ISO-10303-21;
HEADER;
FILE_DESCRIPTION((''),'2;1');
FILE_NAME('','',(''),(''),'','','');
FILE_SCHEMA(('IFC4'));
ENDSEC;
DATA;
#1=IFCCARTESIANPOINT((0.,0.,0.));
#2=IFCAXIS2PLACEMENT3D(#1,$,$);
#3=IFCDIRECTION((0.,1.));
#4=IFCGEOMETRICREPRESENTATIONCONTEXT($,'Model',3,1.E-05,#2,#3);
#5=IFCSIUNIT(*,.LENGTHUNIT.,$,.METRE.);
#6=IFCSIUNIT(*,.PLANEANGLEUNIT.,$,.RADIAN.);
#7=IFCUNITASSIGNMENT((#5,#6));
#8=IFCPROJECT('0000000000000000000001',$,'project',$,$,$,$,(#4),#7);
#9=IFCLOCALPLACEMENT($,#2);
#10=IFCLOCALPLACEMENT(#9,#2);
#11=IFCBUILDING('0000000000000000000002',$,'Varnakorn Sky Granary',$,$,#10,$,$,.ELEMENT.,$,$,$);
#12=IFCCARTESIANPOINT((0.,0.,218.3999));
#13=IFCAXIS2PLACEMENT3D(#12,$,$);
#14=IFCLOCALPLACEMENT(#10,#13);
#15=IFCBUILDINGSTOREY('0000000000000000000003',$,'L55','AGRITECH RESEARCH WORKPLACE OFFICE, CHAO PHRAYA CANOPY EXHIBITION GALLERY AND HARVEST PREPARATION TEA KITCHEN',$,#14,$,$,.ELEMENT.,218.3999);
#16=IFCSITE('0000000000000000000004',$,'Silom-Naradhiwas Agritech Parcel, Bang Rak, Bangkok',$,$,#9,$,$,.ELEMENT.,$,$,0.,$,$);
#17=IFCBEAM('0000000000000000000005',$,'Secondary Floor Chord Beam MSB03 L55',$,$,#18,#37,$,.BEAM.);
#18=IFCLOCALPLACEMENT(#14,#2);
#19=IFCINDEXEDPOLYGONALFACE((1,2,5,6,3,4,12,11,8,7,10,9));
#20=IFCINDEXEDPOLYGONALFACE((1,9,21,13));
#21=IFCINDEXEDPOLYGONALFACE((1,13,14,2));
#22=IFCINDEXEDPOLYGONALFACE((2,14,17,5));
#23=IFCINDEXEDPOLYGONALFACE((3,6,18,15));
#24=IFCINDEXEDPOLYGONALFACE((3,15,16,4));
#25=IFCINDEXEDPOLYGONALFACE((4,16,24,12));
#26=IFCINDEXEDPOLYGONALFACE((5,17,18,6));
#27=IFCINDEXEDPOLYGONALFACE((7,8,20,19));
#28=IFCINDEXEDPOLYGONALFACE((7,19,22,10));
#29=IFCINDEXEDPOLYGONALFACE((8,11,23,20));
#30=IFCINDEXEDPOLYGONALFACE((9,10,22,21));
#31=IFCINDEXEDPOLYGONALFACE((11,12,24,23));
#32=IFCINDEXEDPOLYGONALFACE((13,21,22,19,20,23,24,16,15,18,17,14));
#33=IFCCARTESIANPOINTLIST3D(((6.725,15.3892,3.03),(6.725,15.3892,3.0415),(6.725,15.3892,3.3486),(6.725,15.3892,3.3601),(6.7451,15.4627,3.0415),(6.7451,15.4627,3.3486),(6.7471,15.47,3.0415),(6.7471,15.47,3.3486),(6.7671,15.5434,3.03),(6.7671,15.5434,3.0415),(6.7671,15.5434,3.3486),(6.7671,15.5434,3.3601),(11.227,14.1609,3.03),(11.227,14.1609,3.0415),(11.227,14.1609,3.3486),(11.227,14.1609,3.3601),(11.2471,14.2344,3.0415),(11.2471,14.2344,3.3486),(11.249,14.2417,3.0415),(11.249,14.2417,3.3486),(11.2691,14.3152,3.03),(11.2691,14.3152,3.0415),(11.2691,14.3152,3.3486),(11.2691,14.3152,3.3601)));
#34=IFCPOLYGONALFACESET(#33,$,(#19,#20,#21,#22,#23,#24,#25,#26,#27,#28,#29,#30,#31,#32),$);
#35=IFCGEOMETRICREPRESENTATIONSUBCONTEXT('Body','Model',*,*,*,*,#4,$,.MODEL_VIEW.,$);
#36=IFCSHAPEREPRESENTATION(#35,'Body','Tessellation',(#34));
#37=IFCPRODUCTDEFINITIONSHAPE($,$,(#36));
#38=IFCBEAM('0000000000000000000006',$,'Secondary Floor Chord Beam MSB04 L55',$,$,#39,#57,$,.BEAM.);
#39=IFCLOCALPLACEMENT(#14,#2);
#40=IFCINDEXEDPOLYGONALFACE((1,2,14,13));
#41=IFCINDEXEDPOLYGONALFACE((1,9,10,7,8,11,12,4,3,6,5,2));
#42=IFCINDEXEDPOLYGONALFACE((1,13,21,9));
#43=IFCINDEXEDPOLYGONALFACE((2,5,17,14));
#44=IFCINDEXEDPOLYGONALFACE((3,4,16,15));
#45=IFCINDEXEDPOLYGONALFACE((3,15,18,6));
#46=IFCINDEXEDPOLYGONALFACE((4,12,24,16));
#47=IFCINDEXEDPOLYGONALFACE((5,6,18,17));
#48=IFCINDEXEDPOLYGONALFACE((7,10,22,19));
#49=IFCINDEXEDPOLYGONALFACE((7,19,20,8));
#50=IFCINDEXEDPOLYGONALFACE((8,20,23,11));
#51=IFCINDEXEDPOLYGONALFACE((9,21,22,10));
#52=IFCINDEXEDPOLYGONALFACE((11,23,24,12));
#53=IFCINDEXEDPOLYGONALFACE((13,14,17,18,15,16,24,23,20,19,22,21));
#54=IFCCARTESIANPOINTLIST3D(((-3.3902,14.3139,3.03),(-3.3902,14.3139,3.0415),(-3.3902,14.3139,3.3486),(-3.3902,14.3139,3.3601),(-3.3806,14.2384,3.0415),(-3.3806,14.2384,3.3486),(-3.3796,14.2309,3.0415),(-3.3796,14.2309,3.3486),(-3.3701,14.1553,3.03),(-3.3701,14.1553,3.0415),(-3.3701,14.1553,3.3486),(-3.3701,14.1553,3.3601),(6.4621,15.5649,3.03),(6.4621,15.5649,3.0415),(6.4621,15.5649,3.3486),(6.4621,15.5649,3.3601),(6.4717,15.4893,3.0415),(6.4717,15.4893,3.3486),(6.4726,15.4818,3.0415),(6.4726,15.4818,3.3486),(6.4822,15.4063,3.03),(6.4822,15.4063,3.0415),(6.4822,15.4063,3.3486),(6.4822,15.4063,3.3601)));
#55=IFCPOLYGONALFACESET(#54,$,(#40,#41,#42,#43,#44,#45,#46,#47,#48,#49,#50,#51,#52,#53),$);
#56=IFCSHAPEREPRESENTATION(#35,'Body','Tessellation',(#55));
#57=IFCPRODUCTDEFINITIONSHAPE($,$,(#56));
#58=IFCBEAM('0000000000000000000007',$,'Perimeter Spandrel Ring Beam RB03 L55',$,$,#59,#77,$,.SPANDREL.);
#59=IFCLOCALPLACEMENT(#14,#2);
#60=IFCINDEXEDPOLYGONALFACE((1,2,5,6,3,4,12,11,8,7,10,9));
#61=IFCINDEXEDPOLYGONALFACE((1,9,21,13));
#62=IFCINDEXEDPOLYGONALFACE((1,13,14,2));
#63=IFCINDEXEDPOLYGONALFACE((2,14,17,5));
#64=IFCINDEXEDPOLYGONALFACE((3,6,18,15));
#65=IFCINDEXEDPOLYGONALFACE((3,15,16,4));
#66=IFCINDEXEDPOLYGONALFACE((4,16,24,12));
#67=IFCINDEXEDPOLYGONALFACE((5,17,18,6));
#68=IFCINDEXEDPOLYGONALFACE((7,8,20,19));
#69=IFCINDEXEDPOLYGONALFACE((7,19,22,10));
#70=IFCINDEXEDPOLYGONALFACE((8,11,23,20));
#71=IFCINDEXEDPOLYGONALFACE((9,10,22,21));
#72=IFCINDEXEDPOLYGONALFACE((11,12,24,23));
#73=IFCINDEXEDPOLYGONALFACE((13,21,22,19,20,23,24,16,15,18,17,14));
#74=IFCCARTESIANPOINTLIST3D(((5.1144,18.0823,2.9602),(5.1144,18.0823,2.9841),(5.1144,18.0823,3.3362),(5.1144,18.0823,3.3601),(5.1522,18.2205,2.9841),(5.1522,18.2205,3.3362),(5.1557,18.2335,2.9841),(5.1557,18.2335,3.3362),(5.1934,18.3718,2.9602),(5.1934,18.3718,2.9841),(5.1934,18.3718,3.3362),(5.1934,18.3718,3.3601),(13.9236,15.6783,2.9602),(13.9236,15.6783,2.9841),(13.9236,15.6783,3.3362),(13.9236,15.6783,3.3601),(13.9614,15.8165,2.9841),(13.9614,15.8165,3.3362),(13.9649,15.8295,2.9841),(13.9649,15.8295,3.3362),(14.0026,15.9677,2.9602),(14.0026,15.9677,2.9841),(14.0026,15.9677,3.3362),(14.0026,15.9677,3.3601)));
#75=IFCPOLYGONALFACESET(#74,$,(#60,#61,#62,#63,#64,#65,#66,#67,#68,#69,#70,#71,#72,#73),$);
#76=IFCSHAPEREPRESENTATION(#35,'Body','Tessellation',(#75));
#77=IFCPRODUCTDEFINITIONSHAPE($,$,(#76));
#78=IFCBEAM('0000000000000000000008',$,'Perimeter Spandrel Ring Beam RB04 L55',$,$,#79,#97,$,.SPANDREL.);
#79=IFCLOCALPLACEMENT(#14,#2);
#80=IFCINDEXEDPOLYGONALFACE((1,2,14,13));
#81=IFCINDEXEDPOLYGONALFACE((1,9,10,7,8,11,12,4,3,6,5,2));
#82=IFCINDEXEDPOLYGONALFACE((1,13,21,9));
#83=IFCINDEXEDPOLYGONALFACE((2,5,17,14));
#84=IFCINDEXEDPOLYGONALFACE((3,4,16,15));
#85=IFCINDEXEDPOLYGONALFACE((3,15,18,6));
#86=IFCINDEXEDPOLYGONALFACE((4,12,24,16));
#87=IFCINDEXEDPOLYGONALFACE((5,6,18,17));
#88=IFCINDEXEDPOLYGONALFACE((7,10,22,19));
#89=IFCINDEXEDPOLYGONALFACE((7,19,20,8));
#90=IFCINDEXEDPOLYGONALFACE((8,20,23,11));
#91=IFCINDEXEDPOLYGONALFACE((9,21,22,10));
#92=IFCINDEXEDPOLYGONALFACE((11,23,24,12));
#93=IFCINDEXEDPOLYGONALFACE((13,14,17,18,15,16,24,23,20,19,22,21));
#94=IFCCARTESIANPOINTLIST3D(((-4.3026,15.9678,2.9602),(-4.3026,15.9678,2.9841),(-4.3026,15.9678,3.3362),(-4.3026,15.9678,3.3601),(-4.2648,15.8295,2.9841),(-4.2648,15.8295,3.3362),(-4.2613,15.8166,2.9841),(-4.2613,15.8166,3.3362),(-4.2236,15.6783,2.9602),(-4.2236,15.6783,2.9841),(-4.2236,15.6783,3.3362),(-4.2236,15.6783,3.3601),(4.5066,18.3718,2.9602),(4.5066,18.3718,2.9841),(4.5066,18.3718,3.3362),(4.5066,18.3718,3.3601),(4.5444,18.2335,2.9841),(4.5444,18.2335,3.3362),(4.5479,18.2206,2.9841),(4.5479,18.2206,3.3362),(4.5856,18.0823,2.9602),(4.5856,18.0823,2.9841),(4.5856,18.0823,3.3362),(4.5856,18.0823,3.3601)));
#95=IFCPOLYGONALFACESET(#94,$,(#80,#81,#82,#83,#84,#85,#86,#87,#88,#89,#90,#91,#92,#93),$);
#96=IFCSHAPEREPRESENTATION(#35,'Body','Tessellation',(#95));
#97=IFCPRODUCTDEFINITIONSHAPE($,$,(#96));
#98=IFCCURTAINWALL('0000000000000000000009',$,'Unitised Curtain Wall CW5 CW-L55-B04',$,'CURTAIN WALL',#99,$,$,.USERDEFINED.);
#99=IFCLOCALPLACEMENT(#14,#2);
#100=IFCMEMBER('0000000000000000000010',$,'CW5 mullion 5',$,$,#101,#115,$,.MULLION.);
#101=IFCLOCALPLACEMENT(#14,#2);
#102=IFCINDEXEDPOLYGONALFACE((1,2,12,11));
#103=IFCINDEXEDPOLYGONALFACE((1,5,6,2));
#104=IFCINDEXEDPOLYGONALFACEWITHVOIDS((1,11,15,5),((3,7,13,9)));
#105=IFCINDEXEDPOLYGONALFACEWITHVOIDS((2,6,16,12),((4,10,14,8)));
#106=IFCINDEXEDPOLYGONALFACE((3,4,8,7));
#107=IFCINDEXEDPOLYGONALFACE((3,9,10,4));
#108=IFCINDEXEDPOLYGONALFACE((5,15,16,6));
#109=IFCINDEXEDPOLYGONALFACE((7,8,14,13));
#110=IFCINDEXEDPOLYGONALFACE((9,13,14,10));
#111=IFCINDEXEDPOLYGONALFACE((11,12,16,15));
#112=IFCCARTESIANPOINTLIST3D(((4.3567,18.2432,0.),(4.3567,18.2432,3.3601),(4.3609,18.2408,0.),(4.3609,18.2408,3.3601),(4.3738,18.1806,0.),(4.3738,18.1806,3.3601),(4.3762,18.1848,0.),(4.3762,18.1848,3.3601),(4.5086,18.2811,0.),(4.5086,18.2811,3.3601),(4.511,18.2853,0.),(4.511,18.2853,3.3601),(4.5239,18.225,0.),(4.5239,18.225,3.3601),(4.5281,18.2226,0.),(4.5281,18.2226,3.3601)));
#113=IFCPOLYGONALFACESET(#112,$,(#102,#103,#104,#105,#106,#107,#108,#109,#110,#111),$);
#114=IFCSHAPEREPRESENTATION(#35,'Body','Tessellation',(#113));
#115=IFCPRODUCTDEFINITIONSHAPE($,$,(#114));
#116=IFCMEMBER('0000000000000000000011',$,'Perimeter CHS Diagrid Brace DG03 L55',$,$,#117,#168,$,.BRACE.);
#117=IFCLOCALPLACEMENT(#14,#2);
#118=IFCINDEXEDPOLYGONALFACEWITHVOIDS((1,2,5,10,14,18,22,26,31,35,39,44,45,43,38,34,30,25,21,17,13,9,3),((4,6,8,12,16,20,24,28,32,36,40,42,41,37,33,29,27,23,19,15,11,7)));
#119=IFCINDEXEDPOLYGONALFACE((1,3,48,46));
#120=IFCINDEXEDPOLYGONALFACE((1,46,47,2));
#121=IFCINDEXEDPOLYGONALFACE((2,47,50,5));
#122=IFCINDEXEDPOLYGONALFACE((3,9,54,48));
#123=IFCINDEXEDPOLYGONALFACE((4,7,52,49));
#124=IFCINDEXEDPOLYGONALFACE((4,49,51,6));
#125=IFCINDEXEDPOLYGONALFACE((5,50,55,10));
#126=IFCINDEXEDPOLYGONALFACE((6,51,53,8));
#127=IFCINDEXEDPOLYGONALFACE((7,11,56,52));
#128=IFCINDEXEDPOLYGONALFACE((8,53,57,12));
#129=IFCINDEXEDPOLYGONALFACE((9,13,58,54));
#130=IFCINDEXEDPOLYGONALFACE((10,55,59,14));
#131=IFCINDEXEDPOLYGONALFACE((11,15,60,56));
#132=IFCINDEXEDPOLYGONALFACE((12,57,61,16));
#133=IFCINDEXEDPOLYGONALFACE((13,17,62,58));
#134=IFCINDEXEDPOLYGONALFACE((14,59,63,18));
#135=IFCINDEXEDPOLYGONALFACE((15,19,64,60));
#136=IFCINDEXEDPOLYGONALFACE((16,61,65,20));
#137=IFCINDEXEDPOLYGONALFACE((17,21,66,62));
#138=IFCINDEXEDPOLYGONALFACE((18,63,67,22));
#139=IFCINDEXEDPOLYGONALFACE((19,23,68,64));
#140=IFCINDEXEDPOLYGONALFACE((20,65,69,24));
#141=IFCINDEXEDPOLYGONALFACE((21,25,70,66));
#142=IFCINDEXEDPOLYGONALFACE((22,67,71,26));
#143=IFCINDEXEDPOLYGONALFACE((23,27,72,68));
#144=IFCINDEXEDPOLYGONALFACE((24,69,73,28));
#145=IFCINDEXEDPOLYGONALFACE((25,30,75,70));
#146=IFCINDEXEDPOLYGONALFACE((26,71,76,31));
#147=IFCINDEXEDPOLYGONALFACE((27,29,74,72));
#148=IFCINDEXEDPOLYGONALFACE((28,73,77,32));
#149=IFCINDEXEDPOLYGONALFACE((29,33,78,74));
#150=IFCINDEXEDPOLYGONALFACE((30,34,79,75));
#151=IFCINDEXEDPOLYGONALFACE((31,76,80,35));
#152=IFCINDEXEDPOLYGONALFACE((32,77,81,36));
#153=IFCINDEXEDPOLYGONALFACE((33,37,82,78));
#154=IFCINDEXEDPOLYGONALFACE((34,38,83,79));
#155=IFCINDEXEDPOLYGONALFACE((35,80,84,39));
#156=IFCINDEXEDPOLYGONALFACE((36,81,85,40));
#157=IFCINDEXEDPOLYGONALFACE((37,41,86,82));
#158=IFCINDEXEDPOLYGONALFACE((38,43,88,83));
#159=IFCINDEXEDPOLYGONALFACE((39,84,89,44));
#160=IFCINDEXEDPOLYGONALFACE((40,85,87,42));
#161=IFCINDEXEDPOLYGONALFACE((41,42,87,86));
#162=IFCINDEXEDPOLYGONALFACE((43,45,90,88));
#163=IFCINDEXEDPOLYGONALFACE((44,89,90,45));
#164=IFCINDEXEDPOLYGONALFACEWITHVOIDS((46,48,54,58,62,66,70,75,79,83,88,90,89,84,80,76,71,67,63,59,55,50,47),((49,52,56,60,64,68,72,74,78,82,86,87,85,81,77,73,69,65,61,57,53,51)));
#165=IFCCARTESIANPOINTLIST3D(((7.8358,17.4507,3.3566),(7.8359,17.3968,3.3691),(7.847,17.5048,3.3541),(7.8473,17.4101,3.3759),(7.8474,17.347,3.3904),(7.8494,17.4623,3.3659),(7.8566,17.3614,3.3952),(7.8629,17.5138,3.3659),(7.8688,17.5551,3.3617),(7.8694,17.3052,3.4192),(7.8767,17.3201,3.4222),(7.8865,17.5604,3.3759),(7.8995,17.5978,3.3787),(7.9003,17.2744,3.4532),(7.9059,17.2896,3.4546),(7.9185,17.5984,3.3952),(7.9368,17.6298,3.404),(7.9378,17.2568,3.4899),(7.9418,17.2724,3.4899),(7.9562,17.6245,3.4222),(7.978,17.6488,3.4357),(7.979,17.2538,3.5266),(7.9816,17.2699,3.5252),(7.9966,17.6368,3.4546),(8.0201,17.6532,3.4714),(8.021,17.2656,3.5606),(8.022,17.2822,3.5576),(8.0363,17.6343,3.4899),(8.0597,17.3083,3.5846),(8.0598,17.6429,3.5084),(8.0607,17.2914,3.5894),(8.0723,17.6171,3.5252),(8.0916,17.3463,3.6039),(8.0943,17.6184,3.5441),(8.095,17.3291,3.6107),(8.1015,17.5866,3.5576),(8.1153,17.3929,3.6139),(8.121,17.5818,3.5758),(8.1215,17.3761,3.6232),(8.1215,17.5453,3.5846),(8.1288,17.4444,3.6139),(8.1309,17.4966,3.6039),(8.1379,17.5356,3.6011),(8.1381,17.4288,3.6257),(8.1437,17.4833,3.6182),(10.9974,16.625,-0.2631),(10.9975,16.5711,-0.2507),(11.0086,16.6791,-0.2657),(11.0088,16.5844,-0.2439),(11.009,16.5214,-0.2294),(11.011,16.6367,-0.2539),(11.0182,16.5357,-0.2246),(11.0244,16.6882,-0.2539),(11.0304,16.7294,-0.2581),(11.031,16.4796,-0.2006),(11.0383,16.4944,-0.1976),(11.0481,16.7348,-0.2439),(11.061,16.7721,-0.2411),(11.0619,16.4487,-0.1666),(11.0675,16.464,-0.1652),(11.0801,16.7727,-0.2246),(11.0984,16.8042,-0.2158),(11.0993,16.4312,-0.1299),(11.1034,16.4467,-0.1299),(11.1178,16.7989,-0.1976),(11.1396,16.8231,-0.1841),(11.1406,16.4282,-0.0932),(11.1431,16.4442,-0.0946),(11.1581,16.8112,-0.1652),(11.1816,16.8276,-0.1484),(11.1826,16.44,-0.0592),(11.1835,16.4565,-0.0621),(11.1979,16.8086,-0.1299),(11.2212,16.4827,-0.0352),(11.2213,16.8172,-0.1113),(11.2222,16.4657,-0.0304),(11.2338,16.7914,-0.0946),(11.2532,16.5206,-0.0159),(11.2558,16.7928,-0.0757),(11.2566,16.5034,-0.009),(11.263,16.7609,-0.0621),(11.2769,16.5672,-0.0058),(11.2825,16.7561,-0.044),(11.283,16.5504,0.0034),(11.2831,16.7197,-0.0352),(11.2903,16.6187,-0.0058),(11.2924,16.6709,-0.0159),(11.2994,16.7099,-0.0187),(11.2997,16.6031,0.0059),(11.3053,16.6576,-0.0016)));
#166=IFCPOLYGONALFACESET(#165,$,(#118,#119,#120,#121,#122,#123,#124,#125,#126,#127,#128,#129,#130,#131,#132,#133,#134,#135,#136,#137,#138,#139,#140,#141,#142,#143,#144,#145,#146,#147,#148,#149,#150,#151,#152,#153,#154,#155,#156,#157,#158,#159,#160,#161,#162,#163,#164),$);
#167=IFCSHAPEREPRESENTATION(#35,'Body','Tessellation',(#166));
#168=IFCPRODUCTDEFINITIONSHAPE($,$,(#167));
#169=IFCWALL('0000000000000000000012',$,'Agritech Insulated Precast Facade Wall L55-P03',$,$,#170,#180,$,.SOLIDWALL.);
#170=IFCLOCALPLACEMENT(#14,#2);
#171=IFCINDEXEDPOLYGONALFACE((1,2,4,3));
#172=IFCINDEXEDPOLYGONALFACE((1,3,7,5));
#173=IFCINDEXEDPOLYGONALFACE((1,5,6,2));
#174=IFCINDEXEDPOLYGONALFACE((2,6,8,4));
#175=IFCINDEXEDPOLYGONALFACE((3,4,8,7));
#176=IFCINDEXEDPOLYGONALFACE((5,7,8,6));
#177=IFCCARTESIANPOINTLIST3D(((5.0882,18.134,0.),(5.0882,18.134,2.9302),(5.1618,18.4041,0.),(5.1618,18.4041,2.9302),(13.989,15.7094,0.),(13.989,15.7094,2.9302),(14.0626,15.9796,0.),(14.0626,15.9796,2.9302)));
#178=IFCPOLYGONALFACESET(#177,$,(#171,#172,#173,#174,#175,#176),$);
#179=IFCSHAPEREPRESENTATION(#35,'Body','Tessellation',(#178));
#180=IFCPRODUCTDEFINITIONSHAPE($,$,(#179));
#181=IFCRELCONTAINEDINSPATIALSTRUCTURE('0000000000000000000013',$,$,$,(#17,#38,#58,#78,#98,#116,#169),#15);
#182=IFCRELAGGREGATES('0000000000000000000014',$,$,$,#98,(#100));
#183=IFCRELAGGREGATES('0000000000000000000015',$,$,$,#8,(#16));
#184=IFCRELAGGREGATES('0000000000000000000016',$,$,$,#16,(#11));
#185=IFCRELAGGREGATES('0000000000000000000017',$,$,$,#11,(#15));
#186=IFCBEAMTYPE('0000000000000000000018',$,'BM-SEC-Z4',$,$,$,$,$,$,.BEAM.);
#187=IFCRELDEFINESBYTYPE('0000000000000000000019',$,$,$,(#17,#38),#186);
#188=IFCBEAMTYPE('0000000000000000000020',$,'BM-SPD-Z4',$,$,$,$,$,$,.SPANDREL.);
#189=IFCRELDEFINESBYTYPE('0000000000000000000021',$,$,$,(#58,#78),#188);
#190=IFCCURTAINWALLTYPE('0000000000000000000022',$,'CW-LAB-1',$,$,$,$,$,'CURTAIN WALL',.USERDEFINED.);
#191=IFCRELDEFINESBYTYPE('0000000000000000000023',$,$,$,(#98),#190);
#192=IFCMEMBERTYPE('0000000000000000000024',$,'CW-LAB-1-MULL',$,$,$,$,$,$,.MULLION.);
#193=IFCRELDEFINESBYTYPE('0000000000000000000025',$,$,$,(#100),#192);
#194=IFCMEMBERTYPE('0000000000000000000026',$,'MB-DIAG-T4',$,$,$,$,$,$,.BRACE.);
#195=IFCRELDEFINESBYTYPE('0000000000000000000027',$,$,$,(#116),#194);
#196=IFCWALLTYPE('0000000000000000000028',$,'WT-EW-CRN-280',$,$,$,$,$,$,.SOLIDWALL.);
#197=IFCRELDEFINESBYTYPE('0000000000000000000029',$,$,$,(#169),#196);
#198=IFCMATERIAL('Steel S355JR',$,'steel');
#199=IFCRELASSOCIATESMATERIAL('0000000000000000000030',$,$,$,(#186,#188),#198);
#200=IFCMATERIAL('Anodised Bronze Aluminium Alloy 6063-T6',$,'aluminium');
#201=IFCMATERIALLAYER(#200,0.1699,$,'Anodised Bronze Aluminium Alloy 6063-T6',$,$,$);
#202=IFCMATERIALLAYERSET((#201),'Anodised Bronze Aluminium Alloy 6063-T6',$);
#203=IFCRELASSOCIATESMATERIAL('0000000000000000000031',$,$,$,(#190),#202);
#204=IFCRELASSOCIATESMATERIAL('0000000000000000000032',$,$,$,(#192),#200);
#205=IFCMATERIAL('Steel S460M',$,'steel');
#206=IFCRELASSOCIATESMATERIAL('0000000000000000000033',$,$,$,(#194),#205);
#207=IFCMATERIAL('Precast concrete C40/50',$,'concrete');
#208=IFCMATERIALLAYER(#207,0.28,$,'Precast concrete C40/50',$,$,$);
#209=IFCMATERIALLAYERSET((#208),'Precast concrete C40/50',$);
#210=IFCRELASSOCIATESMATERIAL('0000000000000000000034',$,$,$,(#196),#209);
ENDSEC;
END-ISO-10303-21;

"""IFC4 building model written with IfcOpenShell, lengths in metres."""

from ifc_helpers import new_model, si_unit, direction, frame, frame_2d, origin, origin_2d, place, context, subcontext, project, spatial, rectangle, hollow_rectangle, hollow_circle, i_section, extrude, material, layer, layer_set, material_profile, profile_set, type_object, element, aggregate, save


model = new_model("IFC4")

# Units and contexts
model_context = context("Model", 3, precision=1e-05, world=origin(), true_north=direction((0.0, 1.0)))
body_context = subcontext(model_context, "Body", "Model", "MODEL_VIEW")
ifc_project = project(units=[si_unit("LENGTHUNIT", "METRE"), si_unit("PLANEANGLEUNIT", "RADIAN")], contexts=[model_context])

# Site, building, storey
site_placement = place(None, origin())
site = spatial("IfcSite", under=ifc_project, at=site_placement, Name="Silom-Naradhiwas Agritech Parcel, Bang Rak, Bangkok", CompositionType="ELEMENT", RefElevation=0.0)
building_placement = place(site_placement, origin())
building = spatial("IfcBuilding", under=site, at=building_placement, Name="Varnakorn Sky Granary", CompositionType="ELEMENT")
storey_placement = place(building_placement, frame((0.0, 0.0, 218.3999)))
storey = spatial("IfcBuildingStorey", under=building, at=storey_placement, Name="L55", Description="AGRITECH RESEARCH WORKPLACE OFFICE, CHAO PHRAYA CANOPY EXHIBITION GALLERY AND HARVEST PREPARATION TEA KITCHEN", CompositionType="ELEMENT", Elevation=218.3999)

# Shared definitions
ifc_material_1 = material(Name="Steel S460M", Category="steel")

# Beams
ifc_material_2 = material(Name="Steel S355JR", Category="steel")
ifc_material_profile_1 = material_profile(ifc_material_2, i_section(OverallWidth=0.1599, OverallDepth=0.3301, WebThickness=0.0076, FlangeThickness=0.0115, at=origin_2d()), Name="IPE 330")
ifc_profile_set_1 = profile_set([ifc_material_profile_1], Name="Steel S355JR")
beam_type_1 = type_object("IfcBeamType", Name="BM-SEC-Z4", PredefinedType="BEAM", material=ifc_profile_set_1)
beam_1_placement = place(storey_placement, frame((11.248, 14.238, 3.1951), z_axis=(-0.964738, 0.26321, 0.0), x_axis=(-0.26321, -0.964738, 0.0)))
element("IfcBeam", 1, at=beam_1_placement, inside=storey, type_object=beam_type_1, Name="Secondary Floor Chord Beam MSB03 L55", PredefinedType="BEAM", context=body_context, shape_type="SweptSolid", body=[
    extrude(i_section(OverallWidth=0.1599, OverallDepth=0.3301, WebThickness=0.0076, FlangeThickness=0.0115, at=origin_2d()), origin(), (0.0, 0.0, 1.0), 4.6665),
])
beam_2_placement = place(storey_placement, frame((6.4722, 15.4856, 3.1951), z_axis=(-0.992035, -0.125962, 0.0), x_axis=(0.125962, -0.992035, 0.0)))
element("IfcBeam", 2, at=beam_2_placement, inside=storey, type_object=beam_type_1, Name="Secondary Floor Chord Beam MSB04 L55", PredefinedType="BEAM", context=body_context, shape_type="SweptSolid", body=[
    extrude(i_section(OverallWidth=0.1599, OverallDepth=0.3301, WebThickness=0.0076, FlangeThickness=0.0115, at=origin_2d()), origin(), (0.0, 0.0, 1.0), 9.9314),
])
ifc_material_profile_2 = material_profile(ifc_material_2, i_section(OverallWidth=0.3, OverallDepth=0.3999, WebThickness=0.0134, FlangeThickness=0.0239, at=origin_2d()), Name="HE 400 B")
ifc_profile_set_2 = profile_set([ifc_material_profile_2], Name="Steel S355JR")
beam_type_2 = type_object("IfcBeamType", Name="BM-SPD-Z4", PredefinedType="SPANDREL", material=ifc_profile_set_2)
for number, where, z_axis, x_axis, name in (
    (3, (13.9631, 15.823, 3.1602), (-0.964722, 0.263271, 0.0), (-0.263271, -0.964722, 0.0), "Perimeter Spandrel Ring Beam RB03 L55"),
    (4, (4.5461, 18.2271, 3.1602), (-0.964722, -0.263271, 0.0), (0.263271, -0.964722, 0.0), "Perimeter Spandrel Ring Beam RB04 L55"),
):
    element("IfcBeam", number, at=place(storey_placement, frame(where, z_axis=z_axis, x_axis=x_axis)), inside=storey, type_object=beam_type_2, Name=name, PredefinedType="SPANDREL", context=body_context, shape_type="SweptSolid", body=[
        extrude(i_section(OverallWidth=0.3, OverallDepth=0.3999, WebThickness=0.0134, FlangeThickness=0.0239, at=origin_2d()), origin(), (0.0, 0.0, 1.0), 9.1313),
    ])

# Curtain wall, member
ifc_material_3 = material(Name="Anodised Bronze Aluminium Alloy 6063-T6", Category="aluminium")
ifc_layer_1 = layer(ifc_material_3, 0.1699, Name="Anodised Bronze Aluminium Alloy 6063-T6")
ifc_layer_set_1 = layer_set([ifc_layer_1], Name="Anodised Bronze Aluminium Alloy 6063-T6")
curtain_wall_type = type_object("IfcCurtainWallType", Name="CW-LAB-1", ElementType="CURTAIN WALL", PredefinedType="USERDEFINED", material=ifc_layer_set_1)
curtain_wall_placement = place(storey_placement, origin())
curtain_wall = element("IfcCurtainWall", 5, at=curtain_wall_placement, inside=storey, type_object=curtain_wall_type, Name="Unitised Curtain Wall CW5 CW-L55-B04", ObjectType="CURTAIN WALL", PredefinedType="USERDEFINED")
ifc_material_profile_3 = material_profile(ifc_material_3, hollow_rectangle(XDim=0.0649, YDim=0.1599, WallThickness=0.0034, at=origin_2d()), Name="ALU MULL 65x160")
ifc_profile_set_3 = profile_set([ifc_material_profile_3], Name="Anodised Bronze Aluminium Alloy 6063-T6")
member_type_1 = type_object("IfcMemberType", Name="CW-LAB-1-MULL", PredefinedType="MULLION", material=ifc_profile_set_3)
member_1_placement = place(storey_placement, frame((4.4424, 18.2329, 0.0), z_axis=(0.0, 0.0, 1.0), x_axis=(-0.262829, 0.964842, 0.0)))
member_1 = element("IfcMember", 6, at=member_1_placement, type_object=member_type_1, Name="CW5 mullion 5", PredefinedType="MULLION", context=body_context, shape_type="SweptSolid", body=[
    extrude(hollow_rectangle(XDim=0.0649, YDim=0.1599, WallThickness=0.0034, at=origin_2d()), origin(), (0.0, 0.0, 1.0), 3.3601),
])
aggregate(curtain_wall, [member_1])

# Member
ifc_material_profile_4 = material_profile(ifc_material_1, hollow_circle(Radius=0.2031, WallThickness=0.0161, at=origin_2d()), Name="CHS 406.4x16")
ifc_profile_set_4 = profile_set([ifc_material_profile_4], Name="Steel S460M")
member_type_2 = type_object("IfcMemberType", Name="MB-DIAG-T4", PredefinedType="BRACE", material=ifc_profile_set_4)
member_2_placement = place(storey_placement, frame((11.1506, 16.6277, -0.1299), z_axis=(-0.648327, 0.169316, 0.742297), x_axis=(-0.252683, -0.967549, 0.0)))
element("IfcMember", 7, at=member_2_placement, inside=storey, type_object=member_type_2, Name="Perimeter CHS Diagrid Brace DG03 L55", PredefinedType="BRACE", context=body_context, shape_type="SweptSolid", body=[
    extrude(hollow_circle(Radius=0.2031, WallThickness=0.0161, at=origin_2d()), origin(), (0.0, 0.0, 1.0), 4.8765),
])

# Wall
ifc_material_4 = material(Name="Precast concrete C40/50", Category="concrete")
ifc_layer_2 = layer(ifc_material_4, 0.28, Name="Precast concrete C40/50")
ifc_layer_set_2 = layer_set([ifc_layer_2], Name="Precast concrete C40/50")
wall_type_1 = type_object("IfcWallType", Name="WT-EW-CRN-280", PredefinedType="SOLIDWALL", material=ifc_layer_set_2)
wall_1_placement = place(storey_placement, frame((5.125, 18.269, 0.0), z_axis=(0.0, 0.0, 1.0), x_axis=(0.964845, -0.26282, 0.0)))
element("IfcWall", 8, at=wall_1_placement, inside=storey, type_object=wall_type_1, Name="Agritech Insulated Precast Facade Wall L55-P03", PredefinedType="SOLIDWALL", context=body_context, shape_type="SweptSolid", body=[
    extrude(rectangle(XDim=9.2251, YDim=0.28, at=frame_2d((4.6125, 0.0))), origin(), (0.0, 0.0, 1.0), 2.9302),
])

save(model, "model.ifc")
